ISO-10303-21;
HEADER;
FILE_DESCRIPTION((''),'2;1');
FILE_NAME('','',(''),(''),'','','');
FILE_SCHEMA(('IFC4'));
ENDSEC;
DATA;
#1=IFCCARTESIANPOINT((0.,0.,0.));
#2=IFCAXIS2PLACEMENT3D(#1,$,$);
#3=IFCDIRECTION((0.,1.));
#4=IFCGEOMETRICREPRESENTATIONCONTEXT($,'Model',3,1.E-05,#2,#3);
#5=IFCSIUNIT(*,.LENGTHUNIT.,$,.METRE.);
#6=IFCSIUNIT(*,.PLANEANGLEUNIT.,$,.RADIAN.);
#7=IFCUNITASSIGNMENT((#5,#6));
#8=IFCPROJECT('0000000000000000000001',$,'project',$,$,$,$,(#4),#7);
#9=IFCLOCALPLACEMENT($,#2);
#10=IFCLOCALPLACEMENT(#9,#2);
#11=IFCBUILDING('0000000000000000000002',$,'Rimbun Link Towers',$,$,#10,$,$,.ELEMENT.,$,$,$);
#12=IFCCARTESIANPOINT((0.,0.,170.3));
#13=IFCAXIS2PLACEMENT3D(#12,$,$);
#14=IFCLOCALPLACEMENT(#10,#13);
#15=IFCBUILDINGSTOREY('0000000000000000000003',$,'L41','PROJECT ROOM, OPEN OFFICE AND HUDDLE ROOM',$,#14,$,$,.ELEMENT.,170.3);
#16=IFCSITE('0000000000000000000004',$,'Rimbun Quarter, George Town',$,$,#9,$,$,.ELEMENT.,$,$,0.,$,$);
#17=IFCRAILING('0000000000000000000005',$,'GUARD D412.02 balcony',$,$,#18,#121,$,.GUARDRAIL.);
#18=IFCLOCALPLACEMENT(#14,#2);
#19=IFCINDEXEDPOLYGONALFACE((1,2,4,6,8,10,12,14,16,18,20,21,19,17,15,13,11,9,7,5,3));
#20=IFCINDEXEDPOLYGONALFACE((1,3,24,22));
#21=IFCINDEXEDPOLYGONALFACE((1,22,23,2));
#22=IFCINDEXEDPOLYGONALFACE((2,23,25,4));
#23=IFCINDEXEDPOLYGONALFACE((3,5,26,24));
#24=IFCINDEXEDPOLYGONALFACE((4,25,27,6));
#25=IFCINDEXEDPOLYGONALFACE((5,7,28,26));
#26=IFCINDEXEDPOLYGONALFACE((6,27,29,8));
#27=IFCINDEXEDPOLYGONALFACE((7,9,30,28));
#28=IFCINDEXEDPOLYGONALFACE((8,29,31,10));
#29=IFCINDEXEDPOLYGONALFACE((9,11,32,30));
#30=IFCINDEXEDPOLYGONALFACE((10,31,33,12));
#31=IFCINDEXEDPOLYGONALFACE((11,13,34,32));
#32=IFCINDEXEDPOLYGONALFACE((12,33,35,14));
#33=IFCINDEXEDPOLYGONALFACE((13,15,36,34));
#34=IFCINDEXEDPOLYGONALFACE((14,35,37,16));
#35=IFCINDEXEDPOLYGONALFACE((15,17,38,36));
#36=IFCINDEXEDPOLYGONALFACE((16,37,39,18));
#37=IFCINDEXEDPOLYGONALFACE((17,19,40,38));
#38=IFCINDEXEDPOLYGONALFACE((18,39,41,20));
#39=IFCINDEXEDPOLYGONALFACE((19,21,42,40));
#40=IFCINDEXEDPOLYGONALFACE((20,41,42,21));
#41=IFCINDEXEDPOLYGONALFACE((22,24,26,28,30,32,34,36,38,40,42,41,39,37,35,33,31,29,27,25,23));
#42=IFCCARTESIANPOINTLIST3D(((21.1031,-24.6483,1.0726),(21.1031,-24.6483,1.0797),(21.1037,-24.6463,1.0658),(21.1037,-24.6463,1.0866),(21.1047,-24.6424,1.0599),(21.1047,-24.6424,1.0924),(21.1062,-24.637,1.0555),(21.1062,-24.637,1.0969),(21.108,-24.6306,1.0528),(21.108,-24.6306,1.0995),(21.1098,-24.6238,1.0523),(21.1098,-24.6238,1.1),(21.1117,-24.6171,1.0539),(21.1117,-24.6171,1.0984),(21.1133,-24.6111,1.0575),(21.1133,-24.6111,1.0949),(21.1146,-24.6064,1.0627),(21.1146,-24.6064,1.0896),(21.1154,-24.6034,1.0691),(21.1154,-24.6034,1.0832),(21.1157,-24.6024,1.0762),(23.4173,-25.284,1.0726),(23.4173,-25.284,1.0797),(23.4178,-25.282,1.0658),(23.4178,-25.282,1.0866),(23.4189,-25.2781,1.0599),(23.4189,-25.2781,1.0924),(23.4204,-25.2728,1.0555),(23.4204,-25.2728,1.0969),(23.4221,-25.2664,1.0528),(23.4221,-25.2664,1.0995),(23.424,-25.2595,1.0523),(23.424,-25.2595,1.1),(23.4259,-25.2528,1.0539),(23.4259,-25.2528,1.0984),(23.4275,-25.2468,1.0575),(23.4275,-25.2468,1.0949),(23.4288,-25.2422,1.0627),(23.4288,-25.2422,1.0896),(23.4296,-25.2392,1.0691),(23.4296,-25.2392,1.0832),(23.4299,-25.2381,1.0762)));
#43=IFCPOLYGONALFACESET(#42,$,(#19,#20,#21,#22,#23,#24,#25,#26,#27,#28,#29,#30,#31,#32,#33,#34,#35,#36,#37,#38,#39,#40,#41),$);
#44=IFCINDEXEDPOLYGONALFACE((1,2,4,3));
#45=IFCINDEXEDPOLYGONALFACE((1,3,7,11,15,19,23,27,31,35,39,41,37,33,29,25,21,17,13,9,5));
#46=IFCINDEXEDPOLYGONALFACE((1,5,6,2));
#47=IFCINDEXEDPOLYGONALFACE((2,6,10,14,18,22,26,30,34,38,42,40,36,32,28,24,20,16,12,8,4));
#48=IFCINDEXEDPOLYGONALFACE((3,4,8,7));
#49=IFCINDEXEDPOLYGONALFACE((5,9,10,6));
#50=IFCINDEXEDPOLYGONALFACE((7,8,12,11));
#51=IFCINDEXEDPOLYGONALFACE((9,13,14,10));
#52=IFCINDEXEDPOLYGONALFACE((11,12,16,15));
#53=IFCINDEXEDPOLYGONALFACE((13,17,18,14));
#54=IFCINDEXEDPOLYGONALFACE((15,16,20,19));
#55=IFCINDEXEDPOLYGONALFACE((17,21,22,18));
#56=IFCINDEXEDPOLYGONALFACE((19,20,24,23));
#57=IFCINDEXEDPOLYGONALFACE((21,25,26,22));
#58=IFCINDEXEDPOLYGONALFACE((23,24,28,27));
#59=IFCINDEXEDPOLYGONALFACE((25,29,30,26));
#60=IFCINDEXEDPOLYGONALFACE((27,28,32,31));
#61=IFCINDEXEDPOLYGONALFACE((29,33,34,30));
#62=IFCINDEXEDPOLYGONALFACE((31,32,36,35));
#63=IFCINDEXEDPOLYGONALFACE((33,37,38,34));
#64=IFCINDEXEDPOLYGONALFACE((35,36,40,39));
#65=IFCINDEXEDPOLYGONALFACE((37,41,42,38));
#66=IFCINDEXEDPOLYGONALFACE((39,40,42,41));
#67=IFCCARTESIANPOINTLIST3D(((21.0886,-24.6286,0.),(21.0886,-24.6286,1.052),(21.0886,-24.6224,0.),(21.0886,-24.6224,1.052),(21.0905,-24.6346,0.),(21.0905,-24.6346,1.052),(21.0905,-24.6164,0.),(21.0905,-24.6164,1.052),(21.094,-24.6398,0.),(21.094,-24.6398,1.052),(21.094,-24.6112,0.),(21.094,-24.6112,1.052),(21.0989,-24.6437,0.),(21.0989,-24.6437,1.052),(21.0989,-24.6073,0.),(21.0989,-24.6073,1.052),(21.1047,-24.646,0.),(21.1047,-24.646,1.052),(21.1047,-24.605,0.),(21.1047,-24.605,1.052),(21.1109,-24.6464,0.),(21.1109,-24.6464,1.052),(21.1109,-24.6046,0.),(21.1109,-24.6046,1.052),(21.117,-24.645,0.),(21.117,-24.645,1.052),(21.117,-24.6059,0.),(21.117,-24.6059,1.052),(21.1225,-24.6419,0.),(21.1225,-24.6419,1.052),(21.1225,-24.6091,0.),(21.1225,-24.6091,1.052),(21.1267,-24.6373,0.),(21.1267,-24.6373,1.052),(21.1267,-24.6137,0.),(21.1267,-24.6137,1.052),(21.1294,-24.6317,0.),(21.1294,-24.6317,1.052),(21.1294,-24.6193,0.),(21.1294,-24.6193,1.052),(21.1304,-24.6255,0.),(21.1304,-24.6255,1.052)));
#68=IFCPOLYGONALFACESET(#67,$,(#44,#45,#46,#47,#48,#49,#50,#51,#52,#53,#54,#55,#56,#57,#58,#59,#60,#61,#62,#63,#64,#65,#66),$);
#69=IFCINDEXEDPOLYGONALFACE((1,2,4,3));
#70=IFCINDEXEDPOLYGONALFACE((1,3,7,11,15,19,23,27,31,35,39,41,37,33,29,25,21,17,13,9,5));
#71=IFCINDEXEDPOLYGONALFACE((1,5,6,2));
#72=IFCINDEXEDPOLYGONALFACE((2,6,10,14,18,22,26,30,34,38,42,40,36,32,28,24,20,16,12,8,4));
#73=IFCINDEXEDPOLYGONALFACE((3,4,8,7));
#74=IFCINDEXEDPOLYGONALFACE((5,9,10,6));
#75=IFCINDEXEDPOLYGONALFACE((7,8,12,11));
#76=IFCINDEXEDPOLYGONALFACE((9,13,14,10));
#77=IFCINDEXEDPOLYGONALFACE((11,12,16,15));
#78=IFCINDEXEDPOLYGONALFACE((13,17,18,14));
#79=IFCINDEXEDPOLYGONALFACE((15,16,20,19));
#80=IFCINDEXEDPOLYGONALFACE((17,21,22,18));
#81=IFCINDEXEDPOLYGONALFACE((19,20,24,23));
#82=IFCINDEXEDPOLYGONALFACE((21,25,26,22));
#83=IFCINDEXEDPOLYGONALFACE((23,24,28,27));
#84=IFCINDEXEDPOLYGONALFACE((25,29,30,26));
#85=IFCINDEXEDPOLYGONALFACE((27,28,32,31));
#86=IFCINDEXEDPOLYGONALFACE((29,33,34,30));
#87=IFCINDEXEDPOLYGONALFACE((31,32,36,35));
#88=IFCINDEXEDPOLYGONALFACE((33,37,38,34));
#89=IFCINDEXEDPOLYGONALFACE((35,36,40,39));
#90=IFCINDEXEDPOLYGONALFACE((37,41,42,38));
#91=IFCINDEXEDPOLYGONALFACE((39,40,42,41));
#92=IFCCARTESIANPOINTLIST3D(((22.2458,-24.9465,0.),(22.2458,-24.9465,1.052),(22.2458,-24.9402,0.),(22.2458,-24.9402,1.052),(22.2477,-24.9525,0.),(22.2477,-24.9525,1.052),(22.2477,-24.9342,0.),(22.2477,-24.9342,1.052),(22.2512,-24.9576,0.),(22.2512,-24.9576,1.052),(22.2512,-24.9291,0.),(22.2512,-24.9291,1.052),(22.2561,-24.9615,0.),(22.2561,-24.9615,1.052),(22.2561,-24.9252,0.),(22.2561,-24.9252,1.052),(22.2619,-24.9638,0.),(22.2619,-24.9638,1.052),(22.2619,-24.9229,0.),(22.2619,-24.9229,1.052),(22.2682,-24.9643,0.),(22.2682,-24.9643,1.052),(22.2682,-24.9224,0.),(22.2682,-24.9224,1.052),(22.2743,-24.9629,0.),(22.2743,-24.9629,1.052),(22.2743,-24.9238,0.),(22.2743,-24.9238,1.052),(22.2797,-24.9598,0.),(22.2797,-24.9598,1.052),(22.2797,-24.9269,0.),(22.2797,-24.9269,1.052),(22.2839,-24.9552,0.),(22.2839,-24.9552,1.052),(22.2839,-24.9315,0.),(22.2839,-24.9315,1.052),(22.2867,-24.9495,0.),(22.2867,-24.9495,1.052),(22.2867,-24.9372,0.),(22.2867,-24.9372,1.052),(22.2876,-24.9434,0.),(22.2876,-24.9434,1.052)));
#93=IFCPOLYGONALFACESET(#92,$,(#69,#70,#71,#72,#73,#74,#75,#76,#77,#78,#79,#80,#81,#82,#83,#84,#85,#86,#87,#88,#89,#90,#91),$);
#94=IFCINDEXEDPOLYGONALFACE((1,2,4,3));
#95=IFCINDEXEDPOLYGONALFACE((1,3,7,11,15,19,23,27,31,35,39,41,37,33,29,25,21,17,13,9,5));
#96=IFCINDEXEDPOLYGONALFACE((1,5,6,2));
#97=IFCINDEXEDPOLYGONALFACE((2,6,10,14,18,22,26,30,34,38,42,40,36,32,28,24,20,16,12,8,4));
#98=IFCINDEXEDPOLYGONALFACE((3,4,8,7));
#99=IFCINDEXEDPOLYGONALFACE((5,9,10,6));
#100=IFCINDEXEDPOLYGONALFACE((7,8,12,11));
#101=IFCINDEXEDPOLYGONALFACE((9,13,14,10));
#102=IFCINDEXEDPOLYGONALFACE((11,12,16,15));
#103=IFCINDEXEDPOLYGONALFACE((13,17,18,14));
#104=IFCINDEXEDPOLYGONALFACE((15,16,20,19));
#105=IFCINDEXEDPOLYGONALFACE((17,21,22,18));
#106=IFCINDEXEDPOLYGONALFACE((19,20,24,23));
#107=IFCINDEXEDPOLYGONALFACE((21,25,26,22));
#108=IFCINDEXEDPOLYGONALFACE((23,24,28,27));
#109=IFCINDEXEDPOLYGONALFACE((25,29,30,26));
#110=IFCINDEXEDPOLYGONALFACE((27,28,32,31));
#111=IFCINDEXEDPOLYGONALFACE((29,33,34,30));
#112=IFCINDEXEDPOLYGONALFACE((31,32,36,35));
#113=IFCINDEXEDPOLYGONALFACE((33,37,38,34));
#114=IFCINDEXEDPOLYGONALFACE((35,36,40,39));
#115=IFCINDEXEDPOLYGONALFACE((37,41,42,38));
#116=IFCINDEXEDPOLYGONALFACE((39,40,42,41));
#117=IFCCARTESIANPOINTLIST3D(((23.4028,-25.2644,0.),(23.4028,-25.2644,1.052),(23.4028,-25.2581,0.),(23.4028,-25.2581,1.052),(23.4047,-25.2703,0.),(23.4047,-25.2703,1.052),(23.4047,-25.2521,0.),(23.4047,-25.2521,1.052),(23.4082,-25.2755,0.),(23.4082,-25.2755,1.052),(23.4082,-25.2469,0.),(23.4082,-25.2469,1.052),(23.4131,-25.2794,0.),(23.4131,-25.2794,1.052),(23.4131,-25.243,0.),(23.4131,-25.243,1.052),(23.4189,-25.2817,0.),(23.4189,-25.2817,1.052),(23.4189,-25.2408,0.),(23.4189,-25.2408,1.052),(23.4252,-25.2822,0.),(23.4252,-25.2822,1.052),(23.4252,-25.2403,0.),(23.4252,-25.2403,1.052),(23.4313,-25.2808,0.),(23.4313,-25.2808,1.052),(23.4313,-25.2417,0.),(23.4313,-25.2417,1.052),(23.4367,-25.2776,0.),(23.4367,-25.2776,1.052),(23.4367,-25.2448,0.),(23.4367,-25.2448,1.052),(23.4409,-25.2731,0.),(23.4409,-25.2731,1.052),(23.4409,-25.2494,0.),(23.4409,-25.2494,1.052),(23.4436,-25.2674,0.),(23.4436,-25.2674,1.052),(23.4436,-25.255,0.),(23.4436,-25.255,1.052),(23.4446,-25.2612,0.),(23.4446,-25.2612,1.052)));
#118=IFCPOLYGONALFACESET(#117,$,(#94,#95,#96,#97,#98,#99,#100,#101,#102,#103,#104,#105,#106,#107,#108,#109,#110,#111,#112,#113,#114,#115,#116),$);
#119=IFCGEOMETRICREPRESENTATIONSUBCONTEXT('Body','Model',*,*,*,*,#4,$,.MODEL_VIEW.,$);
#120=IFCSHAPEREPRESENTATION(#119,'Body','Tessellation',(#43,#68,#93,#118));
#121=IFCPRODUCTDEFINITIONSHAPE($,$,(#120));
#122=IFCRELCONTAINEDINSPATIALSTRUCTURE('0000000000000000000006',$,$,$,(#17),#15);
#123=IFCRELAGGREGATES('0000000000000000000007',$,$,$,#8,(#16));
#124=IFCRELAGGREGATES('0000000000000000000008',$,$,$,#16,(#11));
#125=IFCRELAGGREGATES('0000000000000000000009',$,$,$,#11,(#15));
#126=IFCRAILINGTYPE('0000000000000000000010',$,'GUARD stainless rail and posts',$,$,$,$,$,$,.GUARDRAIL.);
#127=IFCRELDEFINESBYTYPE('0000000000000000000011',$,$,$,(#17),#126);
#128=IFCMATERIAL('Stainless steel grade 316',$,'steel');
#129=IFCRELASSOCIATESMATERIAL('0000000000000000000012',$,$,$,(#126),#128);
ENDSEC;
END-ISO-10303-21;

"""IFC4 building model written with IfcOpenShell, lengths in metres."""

from ifc_helpers import new_model, si_unit, direction, frame, origin, origin_2d, place, context, subcontext, project, spatial, circle, extrude, material, type_object, element, save


model = new_model("IFC4")

# Units and contexts
model_context = context("Model", 3, precision=1e-05, world=origin(), true_north=direction((0.0, 1.0)))
body_context = subcontext(model_context, "Body", "Model", "MODEL_VIEW")
ifc_project = project(units=[si_unit("LENGTHUNIT", "METRE"), si_unit("PLANEANGLEUNIT", "RADIAN")], contexts=[model_context])

# Site, building, storey
site_placement = place(None, origin())
site = spatial("IfcSite", under=ifc_project, at=site_placement, Name="Rimbun Quarter, George Town", CompositionType="ELEMENT", RefElevation=0.0)
building_placement = place(site_placement, origin())
building = spatial("IfcBuilding", under=site, at=building_placement, Name="Rimbun Link Towers", CompositionType="ELEMENT")
storey_placement = place(building_placement, frame((0.0, 0.0, 170.3)))
storey = spatial("IfcBuildingStorey", under=building, at=storey_placement, Name="L41", Description="PROJECT ROOM, OPEN OFFICE AND HUDDLE ROOM", CompositionType="ELEMENT", Elevation=170.3)

# Railing
ifc_material_1 = material(Name="Stainless steel grade 316", Category="steel")
railing_type = type_object("IfcRailingType", Name="GUARD stainless rail and posts", PredefinedType="GUARDRAIL", material=ifc_material_1)
railing_1_placement = place(storey_placement, frame((21.1094, -24.6255, 0.0)))
element("IfcRailing", 1, at=railing_1_placement, inside=storey, type_object=railing_type, Name="GUARD D412.02 balcony", PredefinedType="GUARDRAIL", context=body_context, shape_type="SweptSolid", body=[
    extrude(circle(Radius=0.0239, at=origin_2d()), frame((0.0, 0.0, 1.0762), z_axis=(0.964276, -0.264899, 0.0), x_axis=(0.264899, 0.964276, 0.0)), (0.0, 0.0, 1.0), 2.3999),
    extrude(circle(Radius=0.021, at=origin_2d()), origin(), (0.0, 0.0, 1.0), 1.052),
    extrude(circle(Radius=0.021, at=origin_2d()), frame((1.1572, -0.3179, 0.0)), (0.0, 0.0, 1.0), 1.052),
    extrude(circle(Radius=0.021, at=origin_2d()), frame((2.3142, -0.6357, 0.0)), (0.0, 0.0, 1.0), 1.052),
])

save(model, "model.ifc")
